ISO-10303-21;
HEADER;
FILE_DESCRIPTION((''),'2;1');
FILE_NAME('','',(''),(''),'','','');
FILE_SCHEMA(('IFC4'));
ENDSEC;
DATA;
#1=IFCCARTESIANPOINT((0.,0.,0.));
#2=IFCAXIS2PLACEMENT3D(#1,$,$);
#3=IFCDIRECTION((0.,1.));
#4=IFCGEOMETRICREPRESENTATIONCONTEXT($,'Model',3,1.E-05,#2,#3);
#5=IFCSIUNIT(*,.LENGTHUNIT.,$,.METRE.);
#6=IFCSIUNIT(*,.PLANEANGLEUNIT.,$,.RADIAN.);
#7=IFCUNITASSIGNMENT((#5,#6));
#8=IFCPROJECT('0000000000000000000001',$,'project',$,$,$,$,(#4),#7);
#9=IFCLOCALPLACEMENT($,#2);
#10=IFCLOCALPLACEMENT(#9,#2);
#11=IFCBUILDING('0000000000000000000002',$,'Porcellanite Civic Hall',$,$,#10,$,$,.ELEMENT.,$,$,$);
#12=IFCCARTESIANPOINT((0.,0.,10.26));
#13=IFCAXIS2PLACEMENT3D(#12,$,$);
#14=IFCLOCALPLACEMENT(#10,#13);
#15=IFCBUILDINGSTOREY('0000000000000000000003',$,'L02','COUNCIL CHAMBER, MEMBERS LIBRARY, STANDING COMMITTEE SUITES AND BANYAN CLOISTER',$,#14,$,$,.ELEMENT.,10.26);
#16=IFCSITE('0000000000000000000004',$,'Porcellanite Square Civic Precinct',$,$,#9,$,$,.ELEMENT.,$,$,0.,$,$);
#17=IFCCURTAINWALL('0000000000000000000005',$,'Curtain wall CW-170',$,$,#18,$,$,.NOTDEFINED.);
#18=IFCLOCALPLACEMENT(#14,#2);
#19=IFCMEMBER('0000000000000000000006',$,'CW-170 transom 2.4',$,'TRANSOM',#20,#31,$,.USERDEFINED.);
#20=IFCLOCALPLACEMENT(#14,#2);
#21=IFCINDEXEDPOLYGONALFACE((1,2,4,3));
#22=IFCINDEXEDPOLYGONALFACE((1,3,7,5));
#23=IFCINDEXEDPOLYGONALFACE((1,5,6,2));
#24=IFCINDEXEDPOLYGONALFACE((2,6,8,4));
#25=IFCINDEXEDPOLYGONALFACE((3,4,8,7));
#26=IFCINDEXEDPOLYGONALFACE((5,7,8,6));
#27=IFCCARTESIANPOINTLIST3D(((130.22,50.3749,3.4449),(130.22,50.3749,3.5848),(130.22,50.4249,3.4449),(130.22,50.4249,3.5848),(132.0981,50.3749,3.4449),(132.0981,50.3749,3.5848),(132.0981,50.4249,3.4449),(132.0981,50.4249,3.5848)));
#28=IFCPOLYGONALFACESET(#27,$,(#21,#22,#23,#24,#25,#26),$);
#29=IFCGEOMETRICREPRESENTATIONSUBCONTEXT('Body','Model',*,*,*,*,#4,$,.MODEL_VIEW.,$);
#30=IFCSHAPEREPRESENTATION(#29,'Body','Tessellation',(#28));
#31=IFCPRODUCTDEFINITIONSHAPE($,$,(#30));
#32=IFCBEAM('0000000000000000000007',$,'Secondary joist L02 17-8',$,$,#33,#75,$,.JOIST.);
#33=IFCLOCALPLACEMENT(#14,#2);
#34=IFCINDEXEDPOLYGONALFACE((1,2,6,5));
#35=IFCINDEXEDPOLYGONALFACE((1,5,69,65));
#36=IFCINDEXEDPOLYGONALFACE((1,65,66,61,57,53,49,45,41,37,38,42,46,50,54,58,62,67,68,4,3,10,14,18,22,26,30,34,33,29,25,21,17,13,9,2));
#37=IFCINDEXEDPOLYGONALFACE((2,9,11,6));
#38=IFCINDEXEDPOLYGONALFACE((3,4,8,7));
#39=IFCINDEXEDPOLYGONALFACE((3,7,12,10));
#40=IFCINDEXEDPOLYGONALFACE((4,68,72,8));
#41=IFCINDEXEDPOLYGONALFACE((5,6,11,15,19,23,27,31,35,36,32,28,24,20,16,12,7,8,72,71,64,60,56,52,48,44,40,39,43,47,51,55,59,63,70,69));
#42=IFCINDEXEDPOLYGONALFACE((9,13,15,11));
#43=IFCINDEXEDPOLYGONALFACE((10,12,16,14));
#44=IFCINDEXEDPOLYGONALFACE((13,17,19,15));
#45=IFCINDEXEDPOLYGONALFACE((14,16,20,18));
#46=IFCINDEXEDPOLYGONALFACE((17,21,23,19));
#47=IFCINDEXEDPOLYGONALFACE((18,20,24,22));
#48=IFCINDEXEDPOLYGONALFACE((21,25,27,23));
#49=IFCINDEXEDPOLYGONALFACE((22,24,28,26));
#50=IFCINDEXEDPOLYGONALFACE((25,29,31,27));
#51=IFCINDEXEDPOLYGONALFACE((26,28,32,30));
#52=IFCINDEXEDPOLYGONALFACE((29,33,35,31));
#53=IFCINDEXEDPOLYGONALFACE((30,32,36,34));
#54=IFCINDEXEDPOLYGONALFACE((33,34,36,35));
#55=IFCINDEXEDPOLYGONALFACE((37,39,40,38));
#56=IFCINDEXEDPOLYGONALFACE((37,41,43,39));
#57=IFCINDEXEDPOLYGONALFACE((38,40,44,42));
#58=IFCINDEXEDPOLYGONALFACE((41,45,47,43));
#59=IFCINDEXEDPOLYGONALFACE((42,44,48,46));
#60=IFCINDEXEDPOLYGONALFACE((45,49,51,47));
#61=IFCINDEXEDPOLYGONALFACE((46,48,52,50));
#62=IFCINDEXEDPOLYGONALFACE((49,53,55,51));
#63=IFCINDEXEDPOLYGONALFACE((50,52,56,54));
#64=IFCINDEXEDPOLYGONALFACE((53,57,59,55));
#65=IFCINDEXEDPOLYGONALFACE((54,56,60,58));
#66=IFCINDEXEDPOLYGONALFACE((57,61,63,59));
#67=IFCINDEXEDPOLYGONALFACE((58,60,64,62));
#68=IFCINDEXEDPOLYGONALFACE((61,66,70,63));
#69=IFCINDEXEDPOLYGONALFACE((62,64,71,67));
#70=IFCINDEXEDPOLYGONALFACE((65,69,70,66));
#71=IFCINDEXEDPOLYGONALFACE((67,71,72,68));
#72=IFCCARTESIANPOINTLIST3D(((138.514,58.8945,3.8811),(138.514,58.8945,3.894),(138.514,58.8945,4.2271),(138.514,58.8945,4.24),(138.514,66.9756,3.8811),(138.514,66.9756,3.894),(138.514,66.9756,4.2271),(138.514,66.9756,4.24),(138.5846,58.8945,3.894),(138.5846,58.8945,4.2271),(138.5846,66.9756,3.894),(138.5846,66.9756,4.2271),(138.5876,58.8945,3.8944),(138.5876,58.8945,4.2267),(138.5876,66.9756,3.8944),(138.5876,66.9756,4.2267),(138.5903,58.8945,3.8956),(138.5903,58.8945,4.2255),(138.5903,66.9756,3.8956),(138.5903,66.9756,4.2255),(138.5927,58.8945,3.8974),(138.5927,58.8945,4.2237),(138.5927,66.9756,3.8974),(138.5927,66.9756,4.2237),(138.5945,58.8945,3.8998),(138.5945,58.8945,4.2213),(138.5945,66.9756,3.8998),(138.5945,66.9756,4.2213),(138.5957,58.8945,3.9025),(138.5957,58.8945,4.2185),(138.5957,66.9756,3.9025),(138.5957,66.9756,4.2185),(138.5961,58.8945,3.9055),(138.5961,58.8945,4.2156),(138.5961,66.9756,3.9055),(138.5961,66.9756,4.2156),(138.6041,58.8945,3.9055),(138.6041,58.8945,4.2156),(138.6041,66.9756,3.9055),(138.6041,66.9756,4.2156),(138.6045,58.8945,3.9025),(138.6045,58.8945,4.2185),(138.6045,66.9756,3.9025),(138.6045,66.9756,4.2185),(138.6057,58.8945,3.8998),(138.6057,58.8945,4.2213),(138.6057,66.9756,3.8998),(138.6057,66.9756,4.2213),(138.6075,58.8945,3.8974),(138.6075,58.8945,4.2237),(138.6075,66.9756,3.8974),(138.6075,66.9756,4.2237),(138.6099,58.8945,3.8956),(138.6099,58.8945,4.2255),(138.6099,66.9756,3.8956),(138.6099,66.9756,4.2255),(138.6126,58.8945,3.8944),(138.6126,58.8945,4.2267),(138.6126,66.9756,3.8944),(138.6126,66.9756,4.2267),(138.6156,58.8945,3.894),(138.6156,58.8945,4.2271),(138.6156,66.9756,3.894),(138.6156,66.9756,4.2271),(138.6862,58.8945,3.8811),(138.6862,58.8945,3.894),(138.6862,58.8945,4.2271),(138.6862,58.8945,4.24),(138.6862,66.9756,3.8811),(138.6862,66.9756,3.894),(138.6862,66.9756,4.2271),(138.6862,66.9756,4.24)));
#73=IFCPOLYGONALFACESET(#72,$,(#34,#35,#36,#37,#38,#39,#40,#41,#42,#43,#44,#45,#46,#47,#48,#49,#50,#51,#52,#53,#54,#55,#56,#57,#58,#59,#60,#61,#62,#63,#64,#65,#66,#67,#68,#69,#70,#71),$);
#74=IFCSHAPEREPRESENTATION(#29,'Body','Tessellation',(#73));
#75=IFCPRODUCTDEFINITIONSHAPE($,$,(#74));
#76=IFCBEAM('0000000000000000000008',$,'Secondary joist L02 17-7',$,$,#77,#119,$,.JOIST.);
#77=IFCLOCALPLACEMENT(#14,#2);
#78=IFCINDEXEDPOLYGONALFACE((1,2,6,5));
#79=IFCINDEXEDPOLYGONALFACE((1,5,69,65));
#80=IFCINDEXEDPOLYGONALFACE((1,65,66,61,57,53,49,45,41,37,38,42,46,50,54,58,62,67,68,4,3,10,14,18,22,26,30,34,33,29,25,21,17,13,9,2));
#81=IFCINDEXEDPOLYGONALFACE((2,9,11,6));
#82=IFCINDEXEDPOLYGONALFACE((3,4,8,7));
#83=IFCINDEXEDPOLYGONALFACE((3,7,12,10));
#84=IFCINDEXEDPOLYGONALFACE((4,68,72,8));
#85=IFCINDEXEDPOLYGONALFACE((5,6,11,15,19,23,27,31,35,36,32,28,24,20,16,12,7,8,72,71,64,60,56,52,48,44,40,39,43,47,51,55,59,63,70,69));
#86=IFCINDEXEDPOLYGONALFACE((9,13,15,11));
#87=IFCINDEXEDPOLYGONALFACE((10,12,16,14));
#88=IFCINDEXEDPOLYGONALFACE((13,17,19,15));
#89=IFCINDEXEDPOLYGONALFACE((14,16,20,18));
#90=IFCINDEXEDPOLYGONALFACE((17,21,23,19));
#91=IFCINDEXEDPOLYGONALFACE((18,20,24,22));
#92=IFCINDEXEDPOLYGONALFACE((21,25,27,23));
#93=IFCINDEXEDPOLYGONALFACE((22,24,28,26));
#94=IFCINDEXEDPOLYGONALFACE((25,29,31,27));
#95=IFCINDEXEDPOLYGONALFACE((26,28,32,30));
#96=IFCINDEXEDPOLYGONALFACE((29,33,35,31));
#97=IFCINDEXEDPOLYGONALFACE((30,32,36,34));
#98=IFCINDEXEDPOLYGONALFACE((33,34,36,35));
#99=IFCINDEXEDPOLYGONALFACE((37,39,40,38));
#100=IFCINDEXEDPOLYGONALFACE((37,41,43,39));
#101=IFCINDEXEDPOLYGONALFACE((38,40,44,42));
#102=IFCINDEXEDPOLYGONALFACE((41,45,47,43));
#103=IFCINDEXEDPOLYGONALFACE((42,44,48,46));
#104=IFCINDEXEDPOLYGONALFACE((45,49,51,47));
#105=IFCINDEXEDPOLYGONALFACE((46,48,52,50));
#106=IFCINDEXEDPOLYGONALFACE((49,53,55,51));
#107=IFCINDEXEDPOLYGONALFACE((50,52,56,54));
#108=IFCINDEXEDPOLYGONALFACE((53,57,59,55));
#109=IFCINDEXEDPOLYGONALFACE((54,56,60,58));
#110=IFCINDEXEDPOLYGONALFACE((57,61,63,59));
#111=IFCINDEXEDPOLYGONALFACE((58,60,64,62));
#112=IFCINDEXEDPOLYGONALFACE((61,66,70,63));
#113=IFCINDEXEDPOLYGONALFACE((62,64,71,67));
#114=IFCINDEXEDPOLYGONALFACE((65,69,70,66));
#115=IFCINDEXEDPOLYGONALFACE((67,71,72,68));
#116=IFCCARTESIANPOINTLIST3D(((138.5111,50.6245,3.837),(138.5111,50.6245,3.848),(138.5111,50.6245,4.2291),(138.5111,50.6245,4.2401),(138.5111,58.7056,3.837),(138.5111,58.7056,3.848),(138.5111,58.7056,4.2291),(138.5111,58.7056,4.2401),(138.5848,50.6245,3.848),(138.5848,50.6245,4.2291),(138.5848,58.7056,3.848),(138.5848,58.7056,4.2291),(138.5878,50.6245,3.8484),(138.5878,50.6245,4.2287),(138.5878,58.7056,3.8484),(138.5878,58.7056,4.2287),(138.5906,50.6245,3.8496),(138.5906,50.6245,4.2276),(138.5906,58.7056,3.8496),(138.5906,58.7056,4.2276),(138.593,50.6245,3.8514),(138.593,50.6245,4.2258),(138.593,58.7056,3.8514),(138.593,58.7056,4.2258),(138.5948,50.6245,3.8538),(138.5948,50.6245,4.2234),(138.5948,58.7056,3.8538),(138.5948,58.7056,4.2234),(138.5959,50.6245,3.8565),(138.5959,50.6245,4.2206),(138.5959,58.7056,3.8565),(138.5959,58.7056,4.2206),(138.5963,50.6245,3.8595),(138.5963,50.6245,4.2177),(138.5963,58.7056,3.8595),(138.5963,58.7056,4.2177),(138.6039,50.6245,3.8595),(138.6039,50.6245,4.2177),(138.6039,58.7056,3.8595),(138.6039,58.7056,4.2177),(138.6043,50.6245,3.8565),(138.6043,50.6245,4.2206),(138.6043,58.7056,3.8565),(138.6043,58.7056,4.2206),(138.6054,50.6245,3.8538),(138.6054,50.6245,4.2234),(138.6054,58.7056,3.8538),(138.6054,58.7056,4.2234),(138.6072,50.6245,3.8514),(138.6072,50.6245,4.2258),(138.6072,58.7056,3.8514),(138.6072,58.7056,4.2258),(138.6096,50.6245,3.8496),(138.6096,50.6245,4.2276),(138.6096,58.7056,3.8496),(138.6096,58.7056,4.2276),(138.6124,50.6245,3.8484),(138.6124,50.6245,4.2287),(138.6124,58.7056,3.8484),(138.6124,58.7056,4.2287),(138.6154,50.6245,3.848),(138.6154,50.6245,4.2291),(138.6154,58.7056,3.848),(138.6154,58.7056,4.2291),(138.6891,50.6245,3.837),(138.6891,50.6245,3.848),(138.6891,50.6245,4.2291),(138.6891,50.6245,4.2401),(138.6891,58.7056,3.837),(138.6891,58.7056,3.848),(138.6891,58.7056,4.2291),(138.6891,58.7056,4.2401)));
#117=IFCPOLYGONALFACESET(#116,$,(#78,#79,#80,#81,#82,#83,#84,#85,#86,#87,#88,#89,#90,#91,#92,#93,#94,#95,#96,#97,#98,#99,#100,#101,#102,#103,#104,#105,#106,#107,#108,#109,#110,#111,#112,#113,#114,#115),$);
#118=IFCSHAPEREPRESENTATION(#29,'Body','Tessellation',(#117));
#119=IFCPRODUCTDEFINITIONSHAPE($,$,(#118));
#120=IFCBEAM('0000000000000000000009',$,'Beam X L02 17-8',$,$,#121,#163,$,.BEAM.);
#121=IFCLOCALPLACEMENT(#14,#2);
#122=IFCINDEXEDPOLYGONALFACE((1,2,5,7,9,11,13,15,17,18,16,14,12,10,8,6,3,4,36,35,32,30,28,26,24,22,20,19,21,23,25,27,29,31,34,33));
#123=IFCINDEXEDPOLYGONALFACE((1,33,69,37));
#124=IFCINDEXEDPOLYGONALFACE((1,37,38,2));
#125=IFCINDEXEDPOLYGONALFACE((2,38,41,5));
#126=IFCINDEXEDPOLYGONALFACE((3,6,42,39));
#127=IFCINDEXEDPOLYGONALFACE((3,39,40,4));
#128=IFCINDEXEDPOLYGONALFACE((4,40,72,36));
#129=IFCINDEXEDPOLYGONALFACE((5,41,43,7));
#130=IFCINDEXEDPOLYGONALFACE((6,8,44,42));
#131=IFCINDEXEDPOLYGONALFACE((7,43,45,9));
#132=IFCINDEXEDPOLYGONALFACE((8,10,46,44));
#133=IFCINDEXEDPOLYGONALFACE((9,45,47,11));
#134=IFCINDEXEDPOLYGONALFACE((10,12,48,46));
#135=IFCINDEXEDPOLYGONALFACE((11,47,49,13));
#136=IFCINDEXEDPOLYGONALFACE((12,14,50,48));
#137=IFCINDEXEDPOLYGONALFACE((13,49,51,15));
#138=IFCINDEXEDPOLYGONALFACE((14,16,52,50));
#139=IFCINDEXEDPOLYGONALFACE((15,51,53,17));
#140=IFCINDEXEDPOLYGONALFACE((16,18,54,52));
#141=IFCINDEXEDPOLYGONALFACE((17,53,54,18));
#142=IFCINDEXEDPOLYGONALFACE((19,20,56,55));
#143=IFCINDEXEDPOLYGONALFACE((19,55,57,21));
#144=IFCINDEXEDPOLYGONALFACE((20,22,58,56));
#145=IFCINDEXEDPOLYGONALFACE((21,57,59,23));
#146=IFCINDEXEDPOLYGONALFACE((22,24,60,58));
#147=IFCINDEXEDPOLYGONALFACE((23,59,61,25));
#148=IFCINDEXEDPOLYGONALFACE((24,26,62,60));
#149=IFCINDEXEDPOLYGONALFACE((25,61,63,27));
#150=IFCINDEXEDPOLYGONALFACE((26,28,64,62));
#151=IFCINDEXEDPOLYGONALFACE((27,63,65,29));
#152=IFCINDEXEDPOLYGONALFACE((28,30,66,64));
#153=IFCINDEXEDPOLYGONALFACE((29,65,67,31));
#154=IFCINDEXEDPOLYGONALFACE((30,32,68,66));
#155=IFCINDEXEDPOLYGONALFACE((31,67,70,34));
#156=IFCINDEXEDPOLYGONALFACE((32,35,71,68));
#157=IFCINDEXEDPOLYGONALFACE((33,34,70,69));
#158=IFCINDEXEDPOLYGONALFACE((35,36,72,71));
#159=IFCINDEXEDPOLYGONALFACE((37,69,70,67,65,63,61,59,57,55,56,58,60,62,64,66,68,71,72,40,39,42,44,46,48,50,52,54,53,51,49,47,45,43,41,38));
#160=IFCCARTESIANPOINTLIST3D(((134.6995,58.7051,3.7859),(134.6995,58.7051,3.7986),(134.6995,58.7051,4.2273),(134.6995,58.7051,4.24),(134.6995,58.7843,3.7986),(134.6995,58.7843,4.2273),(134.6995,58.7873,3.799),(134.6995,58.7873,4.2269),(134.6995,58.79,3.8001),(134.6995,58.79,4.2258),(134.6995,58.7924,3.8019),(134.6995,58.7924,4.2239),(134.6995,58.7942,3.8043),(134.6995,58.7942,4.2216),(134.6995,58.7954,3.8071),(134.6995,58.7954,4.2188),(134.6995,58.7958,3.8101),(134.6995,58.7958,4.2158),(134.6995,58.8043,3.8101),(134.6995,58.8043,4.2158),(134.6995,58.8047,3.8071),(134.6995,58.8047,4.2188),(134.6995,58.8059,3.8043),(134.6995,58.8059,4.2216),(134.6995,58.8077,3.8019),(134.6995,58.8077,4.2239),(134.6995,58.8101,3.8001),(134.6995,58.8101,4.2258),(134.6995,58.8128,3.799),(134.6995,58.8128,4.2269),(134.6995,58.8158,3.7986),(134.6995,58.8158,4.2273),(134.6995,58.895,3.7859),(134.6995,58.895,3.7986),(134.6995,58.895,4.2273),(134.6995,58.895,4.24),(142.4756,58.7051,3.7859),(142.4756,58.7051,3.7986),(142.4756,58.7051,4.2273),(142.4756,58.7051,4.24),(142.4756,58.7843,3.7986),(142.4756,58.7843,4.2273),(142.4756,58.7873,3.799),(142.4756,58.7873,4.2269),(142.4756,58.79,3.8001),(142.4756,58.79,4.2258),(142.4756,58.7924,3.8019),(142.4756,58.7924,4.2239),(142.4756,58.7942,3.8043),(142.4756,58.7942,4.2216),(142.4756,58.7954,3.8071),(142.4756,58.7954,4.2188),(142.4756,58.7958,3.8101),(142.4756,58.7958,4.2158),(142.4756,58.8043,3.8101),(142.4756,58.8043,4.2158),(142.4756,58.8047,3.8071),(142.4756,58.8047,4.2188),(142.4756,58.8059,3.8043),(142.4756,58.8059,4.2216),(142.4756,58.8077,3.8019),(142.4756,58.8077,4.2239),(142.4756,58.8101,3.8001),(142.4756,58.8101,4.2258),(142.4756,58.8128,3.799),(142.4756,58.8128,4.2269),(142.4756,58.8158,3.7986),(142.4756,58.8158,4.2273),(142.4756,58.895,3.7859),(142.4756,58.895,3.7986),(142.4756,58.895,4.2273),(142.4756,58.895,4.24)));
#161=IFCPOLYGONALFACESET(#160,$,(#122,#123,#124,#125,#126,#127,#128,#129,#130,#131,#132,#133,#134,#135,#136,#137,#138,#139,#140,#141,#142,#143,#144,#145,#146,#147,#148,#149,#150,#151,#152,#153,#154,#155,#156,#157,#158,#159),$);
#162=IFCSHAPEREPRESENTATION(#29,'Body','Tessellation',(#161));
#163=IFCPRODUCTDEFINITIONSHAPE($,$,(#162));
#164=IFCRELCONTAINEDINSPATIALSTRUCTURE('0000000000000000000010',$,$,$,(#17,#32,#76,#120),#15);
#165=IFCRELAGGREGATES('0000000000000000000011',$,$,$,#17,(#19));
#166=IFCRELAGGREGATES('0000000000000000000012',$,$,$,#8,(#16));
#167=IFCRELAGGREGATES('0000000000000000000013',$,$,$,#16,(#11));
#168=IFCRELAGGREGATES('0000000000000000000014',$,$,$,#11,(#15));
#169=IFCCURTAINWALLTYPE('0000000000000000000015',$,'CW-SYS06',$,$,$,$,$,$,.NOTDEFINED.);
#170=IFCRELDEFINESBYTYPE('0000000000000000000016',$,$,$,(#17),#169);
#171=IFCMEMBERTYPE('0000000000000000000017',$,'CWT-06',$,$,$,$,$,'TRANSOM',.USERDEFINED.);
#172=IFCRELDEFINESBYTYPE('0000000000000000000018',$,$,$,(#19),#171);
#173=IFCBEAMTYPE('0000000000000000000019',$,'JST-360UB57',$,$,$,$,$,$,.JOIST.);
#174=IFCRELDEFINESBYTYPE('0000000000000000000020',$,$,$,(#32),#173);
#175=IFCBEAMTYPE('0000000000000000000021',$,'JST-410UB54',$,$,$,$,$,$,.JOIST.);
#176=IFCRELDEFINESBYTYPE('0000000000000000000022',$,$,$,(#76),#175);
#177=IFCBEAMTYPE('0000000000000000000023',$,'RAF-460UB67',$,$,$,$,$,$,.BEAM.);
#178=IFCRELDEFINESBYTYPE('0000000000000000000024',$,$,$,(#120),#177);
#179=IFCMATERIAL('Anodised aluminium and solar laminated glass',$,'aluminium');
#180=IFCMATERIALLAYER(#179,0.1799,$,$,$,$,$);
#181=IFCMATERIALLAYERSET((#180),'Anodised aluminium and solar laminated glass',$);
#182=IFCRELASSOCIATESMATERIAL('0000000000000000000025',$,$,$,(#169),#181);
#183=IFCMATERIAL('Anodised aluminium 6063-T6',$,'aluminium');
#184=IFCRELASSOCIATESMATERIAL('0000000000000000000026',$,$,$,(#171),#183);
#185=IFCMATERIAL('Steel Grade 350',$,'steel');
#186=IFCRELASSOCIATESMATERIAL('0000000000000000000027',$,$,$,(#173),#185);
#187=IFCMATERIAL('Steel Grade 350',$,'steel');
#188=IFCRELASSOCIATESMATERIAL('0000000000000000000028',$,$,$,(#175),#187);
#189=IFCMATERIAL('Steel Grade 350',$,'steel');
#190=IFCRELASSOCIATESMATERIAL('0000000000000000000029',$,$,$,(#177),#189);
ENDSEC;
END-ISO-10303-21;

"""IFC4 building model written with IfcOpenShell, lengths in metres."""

from ifc_helpers import new_model, si_unit, direction, frame, origin, origin_2d, place, context, subcontext, project, spatial, rectangle, i_section, extrude, material, layer, layer_set, material_profile, profile_set, type_object, element, aggregate, save


model = new_model("IFC4")

# Units and contexts
model_context = context("Model", 3, precision=1e-05, world=origin(), true_north=direction((0.0, 1.0)))
body_context = subcontext(model_context, "Body", "Model", "MODEL_VIEW")
ifc_project = project(units=[si_unit("LENGTHUNIT", "METRE"), si_unit("PLANEANGLEUNIT", "RADIAN")], contexts=[model_context])

# Site, building, storey
site_placement = place(None, origin())
site = spatial("IfcSite", under=ifc_project, at=site_placement, Name="Porcellanite Square Civic Precinct", CompositionType="ELEMENT", RefElevation=0.0)
building_placement = place(site_placement, origin())
building = spatial("IfcBuilding", under=site, at=building_placement, Name="Porcellanite Civic Hall", CompositionType="ELEMENT")
storey_placement = place(building_placement, frame((0.0, 0.0, 10.26)))
storey = spatial("IfcBuildingStorey", under=building, at=storey_placement, Name="L02", Description="COUNCIL CHAMBER, MEMBERS LIBRARY, STANDING COMMITTEE SUITES AND BANYAN CLOISTER", CompositionType="ELEMENT", Elevation=10.26)

# Curtain wall, member
ifc_material_1 = material(Name="Anodised aluminium and solar laminated glass", Category="aluminium")
ifc_layer_1 = layer(ifc_material_1, 0.1799)
ifc_layer_set_1 = layer_set([ifc_layer_1], Name="Anodised aluminium and solar laminated glass")
curtain_wall_type = type_object("IfcCurtainWallType", Name="CW-SYS06", PredefinedType="NOTDEFINED", material=ifc_layer_set_1)
curtain_wall_placement = place(storey_placement, origin())
curtain_wall = element("IfcCurtainWall", 1, at=curtain_wall_placement, inside=storey, type_object=curtain_wall_type, Name="Curtain wall CW-170", PredefinedType="NOTDEFINED")
ifc_material_2 = material(Name="Anodised aluminium 6063-T6", Category="aluminium")
ifc_material_profile_1 = material_profile(ifc_material_2, rectangle(XDim=0.05, YDim=0.1399, at=origin_2d()), Name="AL-50x140")
ifc_profile_set_1 = profile_set([ifc_material_profile_1], Name="Anodised aluminium 6063-T6")
member_type_1 = type_object("IfcMemberType", Name="CWT-06", ElementType="TRANSOM", PredefinedType="USERDEFINED", material=ifc_profile_set_1)
member_1_placement = place(storey_placement, frame((132.0981, 50.3999, 3.5149), z_axis=(-1.0, 0.0, 0.0), x_axis=(0.0, -1.0, 0.0)))
member_1 = element("IfcMember", 2, at=member_1_placement, type_object=member_type_1, Name="CW-170 transom 2.4", ObjectType="TRANSOM", PredefinedType="USERDEFINED", context=body_context, shape_type="SweptSolid", body=[
    extrude(rectangle(XDim=0.05, YDim=0.1399, at=origin_2d()), origin(), (0.0, 0.0, 1.0), 1.8782),
])

# Beams
ifc_material_3 = material(Name="Steel Grade 350", Category="steel")
ifc_material_profile_2 = material_profile(ifc_material_3, i_section(OverallWidth=0.1721, OverallDepth=0.3589, WebThickness=0.0081, FlangeThickness=0.0129, FilletRadius=0.0115, at=origin_2d()), Name="360UB56.7")
ifc_profile_set_2 = profile_set([ifc_material_profile_2], Name="Steel Grade 350")
beam_type_1 = type_object("IfcBeamType", Name="JST-360UB57", PredefinedType="JOIST", material=ifc_profile_set_2)
beam_1_placement = place(storey_placement, frame((138.6001, 58.8945, 4.0605), z_axis=(0.0, 1.0, 0.0), x_axis=(-1.0, 0.0, 0.0)))
element("IfcBeam", 3, at=beam_1_placement, inside=storey, type_object=beam_type_1, Name="Secondary joist L02 17-8", PredefinedType="JOIST", context=body_context, shape_type="SweptSolid", body=[
    extrude(i_section(OverallWidth=0.1721, OverallDepth=0.3589, WebThickness=0.0081, FlangeThickness=0.0129, FilletRadius=0.0115, at=origin_2d()), origin(), (0.0, 0.0, 1.0), 8.0811),
])
ifc_material_4 = material(Name="Steel Grade 350", Category="steel")
ifc_material_profile_3 = material_profile(ifc_material_4, i_section(OverallWidth=0.178, OverallDepth=0.4031, WebThickness=0.0076, FlangeThickness=0.011, FilletRadius=0.0115, at=origin_2d()), Name="410UB53.7")
ifc_profile_set_3 = profile_set([ifc_material_profile_3], Name="Steel Grade 350")
beam_type_2 = type_object("IfcBeamType", Name="JST-410UB54", PredefinedType="JOIST", material=ifc_profile_set_3)
beam_2_placement = place(storey_placement, frame((138.6001, 50.6245, 4.0386), z_axis=(0.0, 1.0, 0.0), x_axis=(-1.0, 0.0, 0.0)))
element("IfcBeam", 4, at=beam_2_placement, inside=storey, type_object=beam_type_2, Name="Secondary joist L02 17-7", PredefinedType="JOIST", context=body_context, shape_type="SweptSolid", body=[
    extrude(i_section(OverallWidth=0.178, OverallDepth=0.4031, WebThickness=0.0076, FlangeThickness=0.011, FilletRadius=0.0115, at=origin_2d()), origin(), (0.0, 0.0, 1.0), 8.0811),
])
ifc_material_5 = material(Name="Steel Grade 350", Category="steel")
ifc_material_profile_4 = material_profile(ifc_material_5, i_section(OverallWidth=0.1899, OverallDepth=0.4541, WebThickness=0.0085, FlangeThickness=0.0127, FilletRadius=0.0115, at=origin_2d()), Name="460UB67.1")
ifc_profile_set_4 = profile_set([ifc_material_profile_4], Name="Steel Grade 350")
beam_type_3 = type_object("IfcBeamType", Name="RAF-460UB67", PredefinedType="BEAM", material=ifc_profile_set_4)
beam_3_placement = place(storey_placement, frame((134.6995, 58.8, 4.0129), z_axis=(1.0, 0.0, 0.0), x_axis=(0.0, 1.0, 0.0)))
element("IfcBeam", 5, at=beam_3_placement, inside=storey, type_object=beam_type_3, Name="Beam X L02 17-8", PredefinedType="BEAM", context=body_context, shape_type="SweptSolid", body=[
    extrude(i_section(OverallWidth=0.1899, OverallDepth=0.4541, WebThickness=0.0085, FlangeThickness=0.0127, FilletRadius=0.0115, at=origin_2d()), origin(), (0.0, 0.0, 1.0), 7.7761),
])

aggregate(curtain_wall, [member_1])

save(model, "model.ifc")
